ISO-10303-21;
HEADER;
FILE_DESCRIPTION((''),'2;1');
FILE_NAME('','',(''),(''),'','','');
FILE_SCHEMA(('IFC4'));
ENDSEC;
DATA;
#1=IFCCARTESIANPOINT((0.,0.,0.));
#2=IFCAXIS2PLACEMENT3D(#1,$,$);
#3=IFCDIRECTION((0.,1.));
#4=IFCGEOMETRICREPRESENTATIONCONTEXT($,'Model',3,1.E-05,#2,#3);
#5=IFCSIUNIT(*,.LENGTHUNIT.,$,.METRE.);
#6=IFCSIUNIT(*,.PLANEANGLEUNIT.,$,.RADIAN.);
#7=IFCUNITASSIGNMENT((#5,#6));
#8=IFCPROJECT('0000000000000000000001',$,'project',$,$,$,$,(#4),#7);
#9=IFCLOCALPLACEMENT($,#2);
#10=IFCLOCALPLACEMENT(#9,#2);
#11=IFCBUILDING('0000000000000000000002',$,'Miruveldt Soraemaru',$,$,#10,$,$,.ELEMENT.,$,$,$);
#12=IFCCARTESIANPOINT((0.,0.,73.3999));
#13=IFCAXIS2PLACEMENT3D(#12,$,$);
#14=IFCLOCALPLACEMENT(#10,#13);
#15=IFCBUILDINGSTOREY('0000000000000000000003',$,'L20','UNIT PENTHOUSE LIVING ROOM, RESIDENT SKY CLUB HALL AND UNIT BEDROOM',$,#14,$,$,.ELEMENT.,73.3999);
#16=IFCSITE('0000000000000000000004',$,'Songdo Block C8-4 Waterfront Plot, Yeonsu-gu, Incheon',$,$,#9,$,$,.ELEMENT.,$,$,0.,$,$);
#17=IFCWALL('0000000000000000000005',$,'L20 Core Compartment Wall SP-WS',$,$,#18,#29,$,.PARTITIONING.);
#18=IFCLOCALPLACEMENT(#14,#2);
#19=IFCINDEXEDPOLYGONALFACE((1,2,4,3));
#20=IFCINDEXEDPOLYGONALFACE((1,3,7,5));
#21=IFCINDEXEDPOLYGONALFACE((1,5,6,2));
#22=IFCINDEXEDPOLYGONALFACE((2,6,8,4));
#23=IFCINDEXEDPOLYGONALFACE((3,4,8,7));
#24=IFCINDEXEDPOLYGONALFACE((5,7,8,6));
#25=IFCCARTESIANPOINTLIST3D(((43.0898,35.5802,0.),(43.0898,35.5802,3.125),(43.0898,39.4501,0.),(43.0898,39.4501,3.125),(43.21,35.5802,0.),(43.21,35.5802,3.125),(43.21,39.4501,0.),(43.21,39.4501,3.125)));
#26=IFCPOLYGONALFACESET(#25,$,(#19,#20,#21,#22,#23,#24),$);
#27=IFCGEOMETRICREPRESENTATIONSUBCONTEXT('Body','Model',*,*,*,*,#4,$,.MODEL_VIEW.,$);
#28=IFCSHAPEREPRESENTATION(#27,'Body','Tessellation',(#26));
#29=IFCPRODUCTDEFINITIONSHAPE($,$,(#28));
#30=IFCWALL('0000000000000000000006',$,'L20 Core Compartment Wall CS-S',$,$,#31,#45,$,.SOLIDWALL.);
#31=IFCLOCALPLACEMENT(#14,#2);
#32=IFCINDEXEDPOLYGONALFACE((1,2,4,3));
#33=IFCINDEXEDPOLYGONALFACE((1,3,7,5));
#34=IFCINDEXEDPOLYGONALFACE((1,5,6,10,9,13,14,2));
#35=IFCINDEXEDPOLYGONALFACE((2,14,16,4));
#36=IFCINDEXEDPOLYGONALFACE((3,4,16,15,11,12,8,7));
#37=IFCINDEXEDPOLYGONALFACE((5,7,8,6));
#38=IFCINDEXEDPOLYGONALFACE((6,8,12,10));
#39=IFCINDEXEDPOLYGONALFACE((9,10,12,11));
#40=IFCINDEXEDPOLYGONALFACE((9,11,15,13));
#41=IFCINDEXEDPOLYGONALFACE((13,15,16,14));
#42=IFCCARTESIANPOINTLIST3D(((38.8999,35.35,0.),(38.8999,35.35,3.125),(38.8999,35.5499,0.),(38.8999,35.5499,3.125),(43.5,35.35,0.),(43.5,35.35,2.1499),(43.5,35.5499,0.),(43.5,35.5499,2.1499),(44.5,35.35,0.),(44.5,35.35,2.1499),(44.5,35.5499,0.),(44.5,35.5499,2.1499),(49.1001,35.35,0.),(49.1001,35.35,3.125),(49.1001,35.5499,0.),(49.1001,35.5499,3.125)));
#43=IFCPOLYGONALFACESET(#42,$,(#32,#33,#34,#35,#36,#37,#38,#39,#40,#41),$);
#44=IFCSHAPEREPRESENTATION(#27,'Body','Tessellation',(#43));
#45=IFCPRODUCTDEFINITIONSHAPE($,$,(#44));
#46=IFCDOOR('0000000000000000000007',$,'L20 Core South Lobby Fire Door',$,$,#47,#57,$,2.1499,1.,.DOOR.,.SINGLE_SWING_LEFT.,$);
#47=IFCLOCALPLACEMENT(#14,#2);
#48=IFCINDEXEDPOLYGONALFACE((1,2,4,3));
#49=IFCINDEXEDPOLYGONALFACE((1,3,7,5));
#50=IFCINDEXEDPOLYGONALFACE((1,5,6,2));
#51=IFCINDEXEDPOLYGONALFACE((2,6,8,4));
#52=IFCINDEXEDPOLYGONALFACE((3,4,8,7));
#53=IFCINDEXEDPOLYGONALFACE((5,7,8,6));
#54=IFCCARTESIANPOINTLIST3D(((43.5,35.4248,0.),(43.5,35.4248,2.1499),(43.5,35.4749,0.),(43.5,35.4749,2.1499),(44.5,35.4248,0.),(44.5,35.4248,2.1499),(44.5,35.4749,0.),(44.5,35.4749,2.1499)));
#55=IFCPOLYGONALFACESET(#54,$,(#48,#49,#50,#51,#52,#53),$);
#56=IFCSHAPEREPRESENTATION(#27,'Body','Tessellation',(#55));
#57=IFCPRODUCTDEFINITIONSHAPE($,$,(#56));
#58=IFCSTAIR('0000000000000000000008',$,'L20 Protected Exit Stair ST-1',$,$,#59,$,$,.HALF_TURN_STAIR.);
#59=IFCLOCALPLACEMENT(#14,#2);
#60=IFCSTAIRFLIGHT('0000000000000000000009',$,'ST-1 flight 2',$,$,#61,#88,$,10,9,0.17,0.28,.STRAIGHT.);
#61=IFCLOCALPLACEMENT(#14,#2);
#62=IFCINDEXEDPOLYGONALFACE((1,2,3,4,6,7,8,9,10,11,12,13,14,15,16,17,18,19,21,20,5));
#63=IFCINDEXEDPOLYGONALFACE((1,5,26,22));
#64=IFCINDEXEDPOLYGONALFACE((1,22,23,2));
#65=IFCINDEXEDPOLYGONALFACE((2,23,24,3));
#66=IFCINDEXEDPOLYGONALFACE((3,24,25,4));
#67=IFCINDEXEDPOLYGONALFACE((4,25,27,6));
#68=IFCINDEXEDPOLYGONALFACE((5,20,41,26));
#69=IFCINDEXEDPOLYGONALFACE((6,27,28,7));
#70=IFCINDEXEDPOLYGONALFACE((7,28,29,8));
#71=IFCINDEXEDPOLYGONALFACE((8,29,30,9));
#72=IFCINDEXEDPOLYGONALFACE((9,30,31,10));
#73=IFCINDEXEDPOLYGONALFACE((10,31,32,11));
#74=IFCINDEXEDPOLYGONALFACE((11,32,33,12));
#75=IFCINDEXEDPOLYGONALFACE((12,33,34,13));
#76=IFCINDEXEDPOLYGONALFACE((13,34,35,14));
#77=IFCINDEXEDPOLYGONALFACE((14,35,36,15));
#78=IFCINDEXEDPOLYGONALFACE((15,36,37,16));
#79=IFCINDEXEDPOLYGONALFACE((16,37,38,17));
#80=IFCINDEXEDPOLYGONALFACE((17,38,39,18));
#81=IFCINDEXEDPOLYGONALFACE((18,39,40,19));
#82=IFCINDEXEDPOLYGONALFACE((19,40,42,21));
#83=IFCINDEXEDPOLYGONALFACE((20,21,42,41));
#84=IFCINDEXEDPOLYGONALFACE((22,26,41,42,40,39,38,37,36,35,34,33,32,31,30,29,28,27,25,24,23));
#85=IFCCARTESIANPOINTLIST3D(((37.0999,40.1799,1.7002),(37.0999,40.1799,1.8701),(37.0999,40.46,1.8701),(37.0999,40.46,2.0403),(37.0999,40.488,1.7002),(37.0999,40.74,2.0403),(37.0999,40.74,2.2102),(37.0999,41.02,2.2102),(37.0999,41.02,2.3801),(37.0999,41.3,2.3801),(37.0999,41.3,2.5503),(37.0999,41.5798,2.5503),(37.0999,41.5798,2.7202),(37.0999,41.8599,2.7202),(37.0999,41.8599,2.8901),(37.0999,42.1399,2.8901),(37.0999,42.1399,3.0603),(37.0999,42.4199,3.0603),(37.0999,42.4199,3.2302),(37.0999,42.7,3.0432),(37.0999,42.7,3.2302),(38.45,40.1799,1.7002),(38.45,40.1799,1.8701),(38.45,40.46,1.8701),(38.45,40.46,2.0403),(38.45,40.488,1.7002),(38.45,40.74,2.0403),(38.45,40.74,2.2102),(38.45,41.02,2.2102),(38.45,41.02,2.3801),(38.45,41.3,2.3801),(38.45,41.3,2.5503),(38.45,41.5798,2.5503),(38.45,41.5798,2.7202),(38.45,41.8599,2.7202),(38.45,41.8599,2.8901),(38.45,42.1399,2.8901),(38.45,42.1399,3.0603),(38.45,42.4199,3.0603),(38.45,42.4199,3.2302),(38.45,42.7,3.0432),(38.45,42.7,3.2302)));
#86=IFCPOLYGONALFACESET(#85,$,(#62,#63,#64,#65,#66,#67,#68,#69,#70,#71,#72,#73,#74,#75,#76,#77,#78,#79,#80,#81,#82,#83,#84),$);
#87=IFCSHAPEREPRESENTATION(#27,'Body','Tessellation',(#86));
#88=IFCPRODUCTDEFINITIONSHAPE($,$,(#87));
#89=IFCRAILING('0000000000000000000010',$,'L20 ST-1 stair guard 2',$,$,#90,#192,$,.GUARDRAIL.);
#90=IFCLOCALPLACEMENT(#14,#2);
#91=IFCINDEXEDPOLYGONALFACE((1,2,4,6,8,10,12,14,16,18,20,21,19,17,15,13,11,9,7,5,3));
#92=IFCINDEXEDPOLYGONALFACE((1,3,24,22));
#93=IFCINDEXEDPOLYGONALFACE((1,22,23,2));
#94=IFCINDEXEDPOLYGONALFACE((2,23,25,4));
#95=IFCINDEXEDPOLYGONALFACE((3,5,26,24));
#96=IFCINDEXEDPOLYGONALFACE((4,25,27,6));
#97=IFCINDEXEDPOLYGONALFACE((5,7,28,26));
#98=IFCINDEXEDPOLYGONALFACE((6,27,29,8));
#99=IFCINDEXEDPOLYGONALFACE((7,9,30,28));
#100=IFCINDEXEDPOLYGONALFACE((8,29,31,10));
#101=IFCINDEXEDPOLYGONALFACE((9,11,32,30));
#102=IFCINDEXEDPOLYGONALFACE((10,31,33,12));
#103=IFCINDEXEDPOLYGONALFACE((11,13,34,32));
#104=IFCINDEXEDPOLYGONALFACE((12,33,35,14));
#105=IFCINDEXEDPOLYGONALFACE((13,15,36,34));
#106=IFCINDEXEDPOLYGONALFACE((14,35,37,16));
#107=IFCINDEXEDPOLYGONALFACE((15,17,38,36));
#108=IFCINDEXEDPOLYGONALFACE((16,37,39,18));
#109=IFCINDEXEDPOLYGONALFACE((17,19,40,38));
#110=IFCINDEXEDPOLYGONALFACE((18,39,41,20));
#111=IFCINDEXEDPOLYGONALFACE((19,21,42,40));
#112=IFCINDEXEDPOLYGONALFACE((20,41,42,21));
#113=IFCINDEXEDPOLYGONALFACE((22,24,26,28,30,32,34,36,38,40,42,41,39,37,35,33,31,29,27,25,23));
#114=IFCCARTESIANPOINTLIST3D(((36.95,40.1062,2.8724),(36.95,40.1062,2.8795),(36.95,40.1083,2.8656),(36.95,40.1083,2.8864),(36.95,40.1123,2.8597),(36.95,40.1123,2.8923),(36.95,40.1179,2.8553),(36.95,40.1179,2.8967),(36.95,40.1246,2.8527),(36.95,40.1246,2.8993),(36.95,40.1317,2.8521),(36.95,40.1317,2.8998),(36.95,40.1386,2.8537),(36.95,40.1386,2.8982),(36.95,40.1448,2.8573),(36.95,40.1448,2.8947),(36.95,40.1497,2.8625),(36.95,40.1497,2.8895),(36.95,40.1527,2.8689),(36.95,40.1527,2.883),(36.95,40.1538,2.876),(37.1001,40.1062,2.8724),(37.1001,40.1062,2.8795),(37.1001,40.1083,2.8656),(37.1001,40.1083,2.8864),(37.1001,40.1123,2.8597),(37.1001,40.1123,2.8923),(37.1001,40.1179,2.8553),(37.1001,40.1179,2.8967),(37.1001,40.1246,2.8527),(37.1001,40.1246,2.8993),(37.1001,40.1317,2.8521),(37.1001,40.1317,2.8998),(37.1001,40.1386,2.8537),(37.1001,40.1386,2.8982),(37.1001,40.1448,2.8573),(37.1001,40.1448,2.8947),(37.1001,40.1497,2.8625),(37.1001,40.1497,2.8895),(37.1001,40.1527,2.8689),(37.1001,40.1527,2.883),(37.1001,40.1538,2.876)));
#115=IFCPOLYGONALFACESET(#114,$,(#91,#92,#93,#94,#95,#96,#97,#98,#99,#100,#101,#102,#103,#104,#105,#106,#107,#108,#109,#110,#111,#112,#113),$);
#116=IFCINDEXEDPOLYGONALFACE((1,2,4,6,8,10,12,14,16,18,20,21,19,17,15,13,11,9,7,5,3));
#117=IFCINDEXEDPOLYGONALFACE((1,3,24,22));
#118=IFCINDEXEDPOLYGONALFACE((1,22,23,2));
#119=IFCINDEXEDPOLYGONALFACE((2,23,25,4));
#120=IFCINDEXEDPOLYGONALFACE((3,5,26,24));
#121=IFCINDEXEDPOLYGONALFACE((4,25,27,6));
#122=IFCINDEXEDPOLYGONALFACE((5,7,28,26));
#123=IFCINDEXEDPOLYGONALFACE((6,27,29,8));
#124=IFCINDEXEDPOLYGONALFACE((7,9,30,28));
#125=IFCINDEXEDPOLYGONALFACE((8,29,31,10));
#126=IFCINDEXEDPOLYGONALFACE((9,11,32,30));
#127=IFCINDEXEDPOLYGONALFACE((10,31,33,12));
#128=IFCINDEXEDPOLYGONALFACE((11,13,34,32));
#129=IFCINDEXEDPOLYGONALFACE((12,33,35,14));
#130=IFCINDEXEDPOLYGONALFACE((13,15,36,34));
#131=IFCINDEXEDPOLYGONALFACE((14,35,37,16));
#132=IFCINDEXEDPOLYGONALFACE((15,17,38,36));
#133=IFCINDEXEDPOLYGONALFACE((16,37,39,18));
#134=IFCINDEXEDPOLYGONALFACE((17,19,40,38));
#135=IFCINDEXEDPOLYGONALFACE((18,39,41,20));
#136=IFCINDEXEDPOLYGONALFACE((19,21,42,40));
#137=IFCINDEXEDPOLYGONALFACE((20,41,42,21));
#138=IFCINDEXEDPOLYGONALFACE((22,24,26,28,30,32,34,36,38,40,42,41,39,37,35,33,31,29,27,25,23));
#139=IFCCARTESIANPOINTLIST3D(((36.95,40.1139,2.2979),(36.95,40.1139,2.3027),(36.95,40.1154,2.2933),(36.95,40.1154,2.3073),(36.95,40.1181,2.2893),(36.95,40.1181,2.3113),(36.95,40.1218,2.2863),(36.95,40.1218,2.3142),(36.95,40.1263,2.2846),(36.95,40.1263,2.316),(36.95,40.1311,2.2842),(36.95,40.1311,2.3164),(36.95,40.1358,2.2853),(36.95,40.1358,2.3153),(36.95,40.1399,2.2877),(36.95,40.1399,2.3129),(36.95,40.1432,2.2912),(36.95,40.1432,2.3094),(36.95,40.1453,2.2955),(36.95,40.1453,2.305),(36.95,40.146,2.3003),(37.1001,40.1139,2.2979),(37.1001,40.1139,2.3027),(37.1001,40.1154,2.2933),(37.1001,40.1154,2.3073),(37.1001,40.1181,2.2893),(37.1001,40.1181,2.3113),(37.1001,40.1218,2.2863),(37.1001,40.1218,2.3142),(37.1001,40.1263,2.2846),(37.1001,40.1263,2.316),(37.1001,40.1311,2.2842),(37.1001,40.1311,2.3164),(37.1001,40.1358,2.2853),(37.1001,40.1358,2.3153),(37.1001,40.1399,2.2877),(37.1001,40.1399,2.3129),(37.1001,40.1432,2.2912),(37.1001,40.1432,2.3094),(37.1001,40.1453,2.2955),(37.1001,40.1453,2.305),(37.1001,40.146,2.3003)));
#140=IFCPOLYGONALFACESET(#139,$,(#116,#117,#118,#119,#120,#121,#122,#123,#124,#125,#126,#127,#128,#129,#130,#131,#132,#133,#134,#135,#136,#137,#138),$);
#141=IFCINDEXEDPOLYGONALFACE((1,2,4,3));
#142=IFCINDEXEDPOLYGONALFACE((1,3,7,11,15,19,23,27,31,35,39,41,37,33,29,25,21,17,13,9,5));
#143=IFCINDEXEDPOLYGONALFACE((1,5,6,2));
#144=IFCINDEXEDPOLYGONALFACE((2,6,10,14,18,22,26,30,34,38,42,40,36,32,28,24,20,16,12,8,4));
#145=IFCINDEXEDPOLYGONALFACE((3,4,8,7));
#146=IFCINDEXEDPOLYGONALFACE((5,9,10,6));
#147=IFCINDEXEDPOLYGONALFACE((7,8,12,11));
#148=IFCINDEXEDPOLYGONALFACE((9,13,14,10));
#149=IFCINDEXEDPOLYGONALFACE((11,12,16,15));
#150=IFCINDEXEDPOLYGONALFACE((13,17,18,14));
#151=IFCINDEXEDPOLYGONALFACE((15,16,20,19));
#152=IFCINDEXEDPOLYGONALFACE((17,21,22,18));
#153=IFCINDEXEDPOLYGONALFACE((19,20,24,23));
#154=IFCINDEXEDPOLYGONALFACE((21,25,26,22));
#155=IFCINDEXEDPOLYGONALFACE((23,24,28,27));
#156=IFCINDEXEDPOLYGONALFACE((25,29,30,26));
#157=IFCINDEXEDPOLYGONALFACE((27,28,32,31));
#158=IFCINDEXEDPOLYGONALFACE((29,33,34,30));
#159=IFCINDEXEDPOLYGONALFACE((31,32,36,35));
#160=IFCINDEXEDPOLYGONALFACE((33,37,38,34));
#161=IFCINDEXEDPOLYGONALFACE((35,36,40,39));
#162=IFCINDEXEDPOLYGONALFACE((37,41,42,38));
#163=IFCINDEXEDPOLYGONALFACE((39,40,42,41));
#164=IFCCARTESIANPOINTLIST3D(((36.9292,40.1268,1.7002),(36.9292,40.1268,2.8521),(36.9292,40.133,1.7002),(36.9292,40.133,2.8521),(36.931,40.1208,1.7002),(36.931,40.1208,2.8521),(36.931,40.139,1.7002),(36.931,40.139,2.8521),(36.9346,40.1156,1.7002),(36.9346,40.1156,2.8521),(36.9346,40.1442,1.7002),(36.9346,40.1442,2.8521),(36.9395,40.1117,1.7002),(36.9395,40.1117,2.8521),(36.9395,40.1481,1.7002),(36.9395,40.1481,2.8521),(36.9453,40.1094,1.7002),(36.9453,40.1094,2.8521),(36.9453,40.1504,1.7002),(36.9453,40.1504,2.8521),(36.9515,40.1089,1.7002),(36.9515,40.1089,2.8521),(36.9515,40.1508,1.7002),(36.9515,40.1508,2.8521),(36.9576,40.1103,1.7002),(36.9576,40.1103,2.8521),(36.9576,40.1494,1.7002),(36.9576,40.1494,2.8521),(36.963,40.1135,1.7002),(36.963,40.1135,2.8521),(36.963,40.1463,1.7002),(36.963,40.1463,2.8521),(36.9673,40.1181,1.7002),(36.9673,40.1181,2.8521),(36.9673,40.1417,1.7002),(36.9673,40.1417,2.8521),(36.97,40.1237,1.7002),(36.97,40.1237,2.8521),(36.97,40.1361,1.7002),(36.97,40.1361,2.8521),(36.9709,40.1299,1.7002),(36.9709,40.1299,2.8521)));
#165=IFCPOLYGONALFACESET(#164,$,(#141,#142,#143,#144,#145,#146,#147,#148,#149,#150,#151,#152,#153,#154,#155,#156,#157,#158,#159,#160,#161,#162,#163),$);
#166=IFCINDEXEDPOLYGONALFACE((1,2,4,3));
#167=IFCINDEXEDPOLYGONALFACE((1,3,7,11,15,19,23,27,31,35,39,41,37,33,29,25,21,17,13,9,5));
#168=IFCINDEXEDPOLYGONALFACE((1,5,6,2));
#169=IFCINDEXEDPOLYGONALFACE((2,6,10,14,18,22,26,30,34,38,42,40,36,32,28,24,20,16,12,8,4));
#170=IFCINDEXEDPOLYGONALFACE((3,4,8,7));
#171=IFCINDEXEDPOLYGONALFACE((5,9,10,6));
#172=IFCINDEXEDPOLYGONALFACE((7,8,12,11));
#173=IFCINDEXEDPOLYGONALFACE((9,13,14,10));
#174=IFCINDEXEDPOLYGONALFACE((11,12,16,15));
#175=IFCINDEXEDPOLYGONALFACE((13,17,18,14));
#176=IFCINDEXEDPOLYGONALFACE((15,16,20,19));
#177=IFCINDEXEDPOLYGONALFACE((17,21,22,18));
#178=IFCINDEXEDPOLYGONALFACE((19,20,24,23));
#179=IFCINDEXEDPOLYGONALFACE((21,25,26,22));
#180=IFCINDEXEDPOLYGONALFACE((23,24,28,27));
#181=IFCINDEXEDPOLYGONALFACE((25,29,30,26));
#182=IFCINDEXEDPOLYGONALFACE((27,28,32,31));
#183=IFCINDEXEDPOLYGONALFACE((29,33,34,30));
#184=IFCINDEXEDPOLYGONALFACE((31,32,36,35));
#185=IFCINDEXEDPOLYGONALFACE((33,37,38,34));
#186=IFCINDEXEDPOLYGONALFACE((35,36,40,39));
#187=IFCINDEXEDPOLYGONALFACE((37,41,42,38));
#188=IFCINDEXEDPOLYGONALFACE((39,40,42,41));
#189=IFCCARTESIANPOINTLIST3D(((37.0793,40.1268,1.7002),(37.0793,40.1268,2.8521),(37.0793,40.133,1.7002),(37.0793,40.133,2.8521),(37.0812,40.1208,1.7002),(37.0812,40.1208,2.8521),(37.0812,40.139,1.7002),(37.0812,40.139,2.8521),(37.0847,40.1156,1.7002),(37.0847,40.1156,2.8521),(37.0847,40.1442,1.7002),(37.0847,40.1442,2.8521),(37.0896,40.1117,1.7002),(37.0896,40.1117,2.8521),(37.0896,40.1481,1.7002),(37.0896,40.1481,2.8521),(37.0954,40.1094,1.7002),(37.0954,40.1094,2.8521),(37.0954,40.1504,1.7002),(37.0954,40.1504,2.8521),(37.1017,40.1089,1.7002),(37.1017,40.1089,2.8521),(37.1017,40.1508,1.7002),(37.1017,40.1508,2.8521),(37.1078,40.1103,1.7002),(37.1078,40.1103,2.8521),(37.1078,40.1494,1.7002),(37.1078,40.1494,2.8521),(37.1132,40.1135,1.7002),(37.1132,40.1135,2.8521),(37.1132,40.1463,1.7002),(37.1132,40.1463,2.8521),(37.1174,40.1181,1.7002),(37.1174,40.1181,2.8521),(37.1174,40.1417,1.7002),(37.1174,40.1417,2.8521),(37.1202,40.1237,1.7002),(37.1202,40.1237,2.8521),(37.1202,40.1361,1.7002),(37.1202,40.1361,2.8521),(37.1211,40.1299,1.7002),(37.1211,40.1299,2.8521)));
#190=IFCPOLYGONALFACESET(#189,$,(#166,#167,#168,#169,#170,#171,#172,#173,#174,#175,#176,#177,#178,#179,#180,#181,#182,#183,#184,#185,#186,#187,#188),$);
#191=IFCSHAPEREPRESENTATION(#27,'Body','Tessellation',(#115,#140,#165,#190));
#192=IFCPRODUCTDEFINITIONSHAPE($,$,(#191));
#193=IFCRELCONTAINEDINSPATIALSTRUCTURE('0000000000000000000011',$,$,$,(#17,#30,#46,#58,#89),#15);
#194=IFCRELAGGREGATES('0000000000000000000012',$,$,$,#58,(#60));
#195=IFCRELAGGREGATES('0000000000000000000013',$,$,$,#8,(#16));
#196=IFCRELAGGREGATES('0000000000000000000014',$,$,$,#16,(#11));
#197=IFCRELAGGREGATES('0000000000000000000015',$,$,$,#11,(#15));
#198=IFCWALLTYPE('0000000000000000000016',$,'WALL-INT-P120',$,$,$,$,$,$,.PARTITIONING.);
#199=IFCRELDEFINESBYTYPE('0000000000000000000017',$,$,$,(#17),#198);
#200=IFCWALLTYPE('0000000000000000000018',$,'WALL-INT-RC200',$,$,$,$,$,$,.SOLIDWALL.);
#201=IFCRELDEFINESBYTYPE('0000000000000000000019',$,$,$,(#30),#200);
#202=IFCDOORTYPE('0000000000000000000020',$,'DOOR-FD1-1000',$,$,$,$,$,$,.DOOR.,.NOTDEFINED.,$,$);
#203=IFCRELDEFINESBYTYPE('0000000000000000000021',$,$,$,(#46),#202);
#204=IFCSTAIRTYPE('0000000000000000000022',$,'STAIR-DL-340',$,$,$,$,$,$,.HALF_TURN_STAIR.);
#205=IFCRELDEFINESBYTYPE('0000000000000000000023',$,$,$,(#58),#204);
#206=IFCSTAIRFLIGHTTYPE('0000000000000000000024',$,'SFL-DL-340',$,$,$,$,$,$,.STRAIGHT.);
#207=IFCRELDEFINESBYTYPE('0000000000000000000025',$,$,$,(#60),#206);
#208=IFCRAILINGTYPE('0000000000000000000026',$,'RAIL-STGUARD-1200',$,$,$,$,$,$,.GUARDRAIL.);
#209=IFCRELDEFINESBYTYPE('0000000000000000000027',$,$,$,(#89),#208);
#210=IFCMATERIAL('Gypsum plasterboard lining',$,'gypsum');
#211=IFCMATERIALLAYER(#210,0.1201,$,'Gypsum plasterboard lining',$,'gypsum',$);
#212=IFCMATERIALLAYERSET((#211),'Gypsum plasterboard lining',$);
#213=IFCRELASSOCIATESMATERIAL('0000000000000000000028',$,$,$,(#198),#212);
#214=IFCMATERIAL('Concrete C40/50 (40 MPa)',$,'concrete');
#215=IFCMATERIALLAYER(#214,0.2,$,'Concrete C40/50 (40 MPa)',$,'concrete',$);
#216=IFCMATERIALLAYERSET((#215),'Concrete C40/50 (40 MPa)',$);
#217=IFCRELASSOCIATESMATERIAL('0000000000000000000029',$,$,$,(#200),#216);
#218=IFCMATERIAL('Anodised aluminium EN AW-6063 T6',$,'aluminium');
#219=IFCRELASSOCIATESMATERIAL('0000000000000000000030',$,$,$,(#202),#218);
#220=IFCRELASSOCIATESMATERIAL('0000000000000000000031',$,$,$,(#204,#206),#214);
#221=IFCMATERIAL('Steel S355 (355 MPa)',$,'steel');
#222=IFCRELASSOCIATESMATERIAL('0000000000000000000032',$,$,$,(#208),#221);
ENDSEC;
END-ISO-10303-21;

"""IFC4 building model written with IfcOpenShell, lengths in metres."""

from ifc_helpers import new_model, si_unit, direction, frame, frame_2d, origin, origin_2d, place, context, subcontext, project, spatial, polyline, rectangle, circle, outline, extrude, material, layer, layer_set, type_object, element, fill, aggregate, save


model = new_model("IFC4")

# Units and contexts
model_context = context("Model", 3, precision=1e-05, world=origin(), true_north=direction((0.0, 1.0)))
body_context = subcontext(model_context, "Body", "Model", "MODEL_VIEW")
ifc_project = project(units=[si_unit("LENGTHUNIT", "METRE"), si_unit("PLANEANGLEUNIT", "RADIAN")], contexts=[model_context])

# Site, building, storey
site_placement = place(None, origin())
site = spatial("IfcSite", under=ifc_project, at=site_placement, Name="Songdo Block C8-4 Waterfront Plot, Yeonsu-gu, Incheon", CompositionType="ELEMENT", RefElevation=0.0)
building_placement = place(site_placement, origin())
building = spatial("IfcBuilding", under=site, at=building_placement, Name="Miruveldt Soraemaru", CompositionType="ELEMENT")
storey_placement = place(building_placement, frame((0.0, 0.0, 73.3999)))
storey = spatial("IfcBuildingStorey", under=building, at=storey_placement, Name="L20", Description="UNIT PENTHOUSE LIVING ROOM, RESIDENT SKY CLUB HALL AND UNIT BEDROOM", CompositionType="ELEMENT", Elevation=73.3999)

# Shared definitions
ifc_material_1 = material(Name="Gypsum plasterboard lining", Category="gypsum")

# Shared definitions
ifc_layer_1 = layer(ifc_material_1, 0.1201, Name="Gypsum plasterboard lining", Category="gypsum")
ifc_layer_set_1 = layer_set([ifc_layer_1], Name="Gypsum plasterboard lining")
wall_type_1 = type_object("IfcWallType", Name="WALL-INT-P120", PredefinedType="PARTITIONING", material=ifc_layer_set_1)
ifc_material_2 = material(Name="Anodised aluminium EN AW-6063 T6", Category="aluminium")

# Wall
wall_1_placement = place(storey_placement, frame((43.1499, 35.5801, 0.0), z_axis=(0.0, 0.0, 1.0), x_axis=(0.0, 1.0, 0.0)))
element("IfcWall", 1, at=wall_1_placement, inside=storey, type_object=wall_type_1, Name="L20 Core Compartment Wall SP-WS", PredefinedType="PARTITIONING", context=body_context, shape_type="SweptSolid", body=[
    extrude(rectangle(XDim=3.8699, YDim=0.1201, at=frame_2d((1.9351, 0.0))), origin(), (0.0, 0.0, 1.0), 3.125),
])

# Wall, opening, door
ifc_material_3 = material(Name="Concrete C40/50 (40 MPa)", Category="concrete")
ifc_layer_2 = layer(ifc_material_3, 0.2, Name="Concrete C40/50 (40 MPa)", Category="concrete")
ifc_layer_set_2 = layer_set([ifc_layer_2], Name="Concrete C40/50 (40 MPa)")
wall_type_2 = type_object("IfcWallType", Name="WALL-INT-RC200", PredefinedType="SOLIDWALL", material=ifc_layer_set_2)
wall_2_placement = place(storey_placement, frame((38.8999, 35.45, 0.0), z_axis=(0.0, 0.0, 1.0), x_axis=(1.0, 0.0, 0.0)))
wall_2 = element("IfcWall", 2, at=wall_2_placement, inside=storey, type_object=wall_type_2, Name="L20 Core Compartment Wall CS-S", PredefinedType="SOLIDWALL", context=body_context, shape_type="SweptSolid", body=[
    extrude(rectangle(XDim=10.2002, YDim=0.2, at=frame_2d((5.1001, 0.0))), origin(), (0.0, 0.0, 1.0), 3.125),
])
opening_1_placement = place(wall_2_placement, frame((4.6001, 0.0, 0.0)))
opening_1 = element("IfcOpeningElement", 3, at=opening_1_placement, cuts=wall_2, PredefinedType="OPENING", context=body_context, shape_type="SweptSolid", body=[
    extrude(rectangle(XDim=1.0, YDim=2.1499, at=frame_2d((0.5, 1.075))), frame((0.0, 0.1099, 0.0), z_axis=(0.0, -1.0, 0.0), x_axis=(1.0, 0.0, 0.0)), (0.0, 0.0, 1.0), 0.22),
])
door_type_1 = type_object("IfcDoorType", Name="DOOR-FD1-1000", OperationType="NOTDEFINED", PredefinedType="DOOR", material=ifc_material_2)
door_1_placement = place(opening_1_placement, origin())
door_1 = element("IfcDoor", 4, at=door_1_placement, inside=storey, type_object=door_type_1, Name="L20 Core South Lobby Fire Door", OperationType="SINGLE_SWING_LEFT", OverallHeight=2.1499, OverallWidth=1.0, PredefinedType="DOOR", context=body_context, shape_type="SweptSolid", body=[
    extrude(rectangle(XDim=1.0, YDim=2.1499, at=frame_2d((0.5, 1.075))), frame((0.0, 0.0249, 0.0), z_axis=(0.0, -1.0, 0.0), x_axis=(1.0, 0.0, 0.0)), (0.0, 0.0, 1.0), 0.05),
])
fill(opening_1, door_1)

# Stair, stair flight
stair_type = type_object("IfcStairType", Name="STAIR-DL-340", PredefinedType="HALF_TURN_STAIR", material=ifc_material_3)
stair_placement = place(storey_placement, origin())
stair = element("IfcStair", 5, at=stair_placement, inside=storey, type_object=stair_type, Name="L20 Protected Exit Stair ST-1", PredefinedType="HALF_TURN_STAIR")
stair_flight_type = type_object("IfcStairFlightType", Name="SFL-DL-340", PredefinedType="STRAIGHT", material=ifc_material_3)
stair_flight_placement = place(storey_placement, frame((37.7749, 40.1799, 1.7002), z_axis=(0.0, 0.0, 1.0), x_axis=(0.0, 1.0, 0.0)))
stair_flight = element("IfcStairFlight", 6, at=stair_flight_placement, type_object=stair_flight_type, Name="ST-1 flight 2", NumberOfRisers=10, NumberOfTreads=9, PredefinedType="STRAIGHT", RiserHeight=0.17, TreadLength=0.28, context=body_context, shape_type="SweptSolid", body=[
    extrude(outline(polyline([(0.0, 0.0), (0.0, 0.1699), (0.28, 0.1699), (0.28, 0.3401), (0.5601, 0.3401), (0.5601, 0.51), (0.8401, 0.51), (0.8401, 0.6799), (1.1201, 0.6799), (1.1201, 0.8501), (1.3999, 0.8501), (1.3999, 1.02), (1.6799, 1.02), (1.6799, 1.1899), (1.96, 1.1899), (1.96, 1.3601), (2.24, 1.3601), (2.24, 1.53), (2.52, 1.53), (2.52, 1.7), (2.52, 1.343), (0.3081, 0.0), (0.0, 0.0)])), frame((0.0, 0.675, 0.0), z_axis=(0.0, -1.0, 0.0), x_axis=(1.0, 0.0, 0.0)), (0.0, 0.0, 1.0), 1.3501),
])
aggregate(stair, [stair_flight])

# Railing
ifc_material_4 = material(Name="Steel S355 (355 MPa)", Category="steel")
railing_type_1 = type_object("IfcRailingType", Name="RAIL-STGUARD-1200", PredefinedType="GUARDRAIL", material=ifc_material_4)
railing_1_placement = place(storey_placement, frame((36.95, 40.1299, 1.7002)))
element("IfcRailing", 7, at=railing_1_placement, inside=storey, type_object=railing_type_1, Name="L20 ST-1 stair guard 2", PredefinedType="GUARDRAIL", context=body_context, shape_type="SweptSolid", body=[
    extrude(circle(Radius=0.0239, at=origin_2d()), frame((0.0, 0.0, 1.1758), z_axis=(1.0, 0.0, 0.0), x_axis=(0.0, 1.0, 0.0)), (0.0, 0.0, 1.0), 0.1501),
    extrude(circle(Radius=0.0161, at=origin_2d()), frame((0.0, 0.0, 0.6001), z_axis=(1.0, 0.0, 0.0), x_axis=(0.0, 1.0, 0.0)), (0.0, 0.0, 1.0), 0.1501),
    extrude(circle(Radius=0.021, at=origin_2d()), origin(), (0.0, 0.0, 1.0), 1.1519),
    extrude(circle(Radius=0.021, at=origin_2d()), frame((0.1501, 0.0, 0.0)), (0.0, 0.0, 1.0), 1.1519),
])

save(model, "model.ifc")
